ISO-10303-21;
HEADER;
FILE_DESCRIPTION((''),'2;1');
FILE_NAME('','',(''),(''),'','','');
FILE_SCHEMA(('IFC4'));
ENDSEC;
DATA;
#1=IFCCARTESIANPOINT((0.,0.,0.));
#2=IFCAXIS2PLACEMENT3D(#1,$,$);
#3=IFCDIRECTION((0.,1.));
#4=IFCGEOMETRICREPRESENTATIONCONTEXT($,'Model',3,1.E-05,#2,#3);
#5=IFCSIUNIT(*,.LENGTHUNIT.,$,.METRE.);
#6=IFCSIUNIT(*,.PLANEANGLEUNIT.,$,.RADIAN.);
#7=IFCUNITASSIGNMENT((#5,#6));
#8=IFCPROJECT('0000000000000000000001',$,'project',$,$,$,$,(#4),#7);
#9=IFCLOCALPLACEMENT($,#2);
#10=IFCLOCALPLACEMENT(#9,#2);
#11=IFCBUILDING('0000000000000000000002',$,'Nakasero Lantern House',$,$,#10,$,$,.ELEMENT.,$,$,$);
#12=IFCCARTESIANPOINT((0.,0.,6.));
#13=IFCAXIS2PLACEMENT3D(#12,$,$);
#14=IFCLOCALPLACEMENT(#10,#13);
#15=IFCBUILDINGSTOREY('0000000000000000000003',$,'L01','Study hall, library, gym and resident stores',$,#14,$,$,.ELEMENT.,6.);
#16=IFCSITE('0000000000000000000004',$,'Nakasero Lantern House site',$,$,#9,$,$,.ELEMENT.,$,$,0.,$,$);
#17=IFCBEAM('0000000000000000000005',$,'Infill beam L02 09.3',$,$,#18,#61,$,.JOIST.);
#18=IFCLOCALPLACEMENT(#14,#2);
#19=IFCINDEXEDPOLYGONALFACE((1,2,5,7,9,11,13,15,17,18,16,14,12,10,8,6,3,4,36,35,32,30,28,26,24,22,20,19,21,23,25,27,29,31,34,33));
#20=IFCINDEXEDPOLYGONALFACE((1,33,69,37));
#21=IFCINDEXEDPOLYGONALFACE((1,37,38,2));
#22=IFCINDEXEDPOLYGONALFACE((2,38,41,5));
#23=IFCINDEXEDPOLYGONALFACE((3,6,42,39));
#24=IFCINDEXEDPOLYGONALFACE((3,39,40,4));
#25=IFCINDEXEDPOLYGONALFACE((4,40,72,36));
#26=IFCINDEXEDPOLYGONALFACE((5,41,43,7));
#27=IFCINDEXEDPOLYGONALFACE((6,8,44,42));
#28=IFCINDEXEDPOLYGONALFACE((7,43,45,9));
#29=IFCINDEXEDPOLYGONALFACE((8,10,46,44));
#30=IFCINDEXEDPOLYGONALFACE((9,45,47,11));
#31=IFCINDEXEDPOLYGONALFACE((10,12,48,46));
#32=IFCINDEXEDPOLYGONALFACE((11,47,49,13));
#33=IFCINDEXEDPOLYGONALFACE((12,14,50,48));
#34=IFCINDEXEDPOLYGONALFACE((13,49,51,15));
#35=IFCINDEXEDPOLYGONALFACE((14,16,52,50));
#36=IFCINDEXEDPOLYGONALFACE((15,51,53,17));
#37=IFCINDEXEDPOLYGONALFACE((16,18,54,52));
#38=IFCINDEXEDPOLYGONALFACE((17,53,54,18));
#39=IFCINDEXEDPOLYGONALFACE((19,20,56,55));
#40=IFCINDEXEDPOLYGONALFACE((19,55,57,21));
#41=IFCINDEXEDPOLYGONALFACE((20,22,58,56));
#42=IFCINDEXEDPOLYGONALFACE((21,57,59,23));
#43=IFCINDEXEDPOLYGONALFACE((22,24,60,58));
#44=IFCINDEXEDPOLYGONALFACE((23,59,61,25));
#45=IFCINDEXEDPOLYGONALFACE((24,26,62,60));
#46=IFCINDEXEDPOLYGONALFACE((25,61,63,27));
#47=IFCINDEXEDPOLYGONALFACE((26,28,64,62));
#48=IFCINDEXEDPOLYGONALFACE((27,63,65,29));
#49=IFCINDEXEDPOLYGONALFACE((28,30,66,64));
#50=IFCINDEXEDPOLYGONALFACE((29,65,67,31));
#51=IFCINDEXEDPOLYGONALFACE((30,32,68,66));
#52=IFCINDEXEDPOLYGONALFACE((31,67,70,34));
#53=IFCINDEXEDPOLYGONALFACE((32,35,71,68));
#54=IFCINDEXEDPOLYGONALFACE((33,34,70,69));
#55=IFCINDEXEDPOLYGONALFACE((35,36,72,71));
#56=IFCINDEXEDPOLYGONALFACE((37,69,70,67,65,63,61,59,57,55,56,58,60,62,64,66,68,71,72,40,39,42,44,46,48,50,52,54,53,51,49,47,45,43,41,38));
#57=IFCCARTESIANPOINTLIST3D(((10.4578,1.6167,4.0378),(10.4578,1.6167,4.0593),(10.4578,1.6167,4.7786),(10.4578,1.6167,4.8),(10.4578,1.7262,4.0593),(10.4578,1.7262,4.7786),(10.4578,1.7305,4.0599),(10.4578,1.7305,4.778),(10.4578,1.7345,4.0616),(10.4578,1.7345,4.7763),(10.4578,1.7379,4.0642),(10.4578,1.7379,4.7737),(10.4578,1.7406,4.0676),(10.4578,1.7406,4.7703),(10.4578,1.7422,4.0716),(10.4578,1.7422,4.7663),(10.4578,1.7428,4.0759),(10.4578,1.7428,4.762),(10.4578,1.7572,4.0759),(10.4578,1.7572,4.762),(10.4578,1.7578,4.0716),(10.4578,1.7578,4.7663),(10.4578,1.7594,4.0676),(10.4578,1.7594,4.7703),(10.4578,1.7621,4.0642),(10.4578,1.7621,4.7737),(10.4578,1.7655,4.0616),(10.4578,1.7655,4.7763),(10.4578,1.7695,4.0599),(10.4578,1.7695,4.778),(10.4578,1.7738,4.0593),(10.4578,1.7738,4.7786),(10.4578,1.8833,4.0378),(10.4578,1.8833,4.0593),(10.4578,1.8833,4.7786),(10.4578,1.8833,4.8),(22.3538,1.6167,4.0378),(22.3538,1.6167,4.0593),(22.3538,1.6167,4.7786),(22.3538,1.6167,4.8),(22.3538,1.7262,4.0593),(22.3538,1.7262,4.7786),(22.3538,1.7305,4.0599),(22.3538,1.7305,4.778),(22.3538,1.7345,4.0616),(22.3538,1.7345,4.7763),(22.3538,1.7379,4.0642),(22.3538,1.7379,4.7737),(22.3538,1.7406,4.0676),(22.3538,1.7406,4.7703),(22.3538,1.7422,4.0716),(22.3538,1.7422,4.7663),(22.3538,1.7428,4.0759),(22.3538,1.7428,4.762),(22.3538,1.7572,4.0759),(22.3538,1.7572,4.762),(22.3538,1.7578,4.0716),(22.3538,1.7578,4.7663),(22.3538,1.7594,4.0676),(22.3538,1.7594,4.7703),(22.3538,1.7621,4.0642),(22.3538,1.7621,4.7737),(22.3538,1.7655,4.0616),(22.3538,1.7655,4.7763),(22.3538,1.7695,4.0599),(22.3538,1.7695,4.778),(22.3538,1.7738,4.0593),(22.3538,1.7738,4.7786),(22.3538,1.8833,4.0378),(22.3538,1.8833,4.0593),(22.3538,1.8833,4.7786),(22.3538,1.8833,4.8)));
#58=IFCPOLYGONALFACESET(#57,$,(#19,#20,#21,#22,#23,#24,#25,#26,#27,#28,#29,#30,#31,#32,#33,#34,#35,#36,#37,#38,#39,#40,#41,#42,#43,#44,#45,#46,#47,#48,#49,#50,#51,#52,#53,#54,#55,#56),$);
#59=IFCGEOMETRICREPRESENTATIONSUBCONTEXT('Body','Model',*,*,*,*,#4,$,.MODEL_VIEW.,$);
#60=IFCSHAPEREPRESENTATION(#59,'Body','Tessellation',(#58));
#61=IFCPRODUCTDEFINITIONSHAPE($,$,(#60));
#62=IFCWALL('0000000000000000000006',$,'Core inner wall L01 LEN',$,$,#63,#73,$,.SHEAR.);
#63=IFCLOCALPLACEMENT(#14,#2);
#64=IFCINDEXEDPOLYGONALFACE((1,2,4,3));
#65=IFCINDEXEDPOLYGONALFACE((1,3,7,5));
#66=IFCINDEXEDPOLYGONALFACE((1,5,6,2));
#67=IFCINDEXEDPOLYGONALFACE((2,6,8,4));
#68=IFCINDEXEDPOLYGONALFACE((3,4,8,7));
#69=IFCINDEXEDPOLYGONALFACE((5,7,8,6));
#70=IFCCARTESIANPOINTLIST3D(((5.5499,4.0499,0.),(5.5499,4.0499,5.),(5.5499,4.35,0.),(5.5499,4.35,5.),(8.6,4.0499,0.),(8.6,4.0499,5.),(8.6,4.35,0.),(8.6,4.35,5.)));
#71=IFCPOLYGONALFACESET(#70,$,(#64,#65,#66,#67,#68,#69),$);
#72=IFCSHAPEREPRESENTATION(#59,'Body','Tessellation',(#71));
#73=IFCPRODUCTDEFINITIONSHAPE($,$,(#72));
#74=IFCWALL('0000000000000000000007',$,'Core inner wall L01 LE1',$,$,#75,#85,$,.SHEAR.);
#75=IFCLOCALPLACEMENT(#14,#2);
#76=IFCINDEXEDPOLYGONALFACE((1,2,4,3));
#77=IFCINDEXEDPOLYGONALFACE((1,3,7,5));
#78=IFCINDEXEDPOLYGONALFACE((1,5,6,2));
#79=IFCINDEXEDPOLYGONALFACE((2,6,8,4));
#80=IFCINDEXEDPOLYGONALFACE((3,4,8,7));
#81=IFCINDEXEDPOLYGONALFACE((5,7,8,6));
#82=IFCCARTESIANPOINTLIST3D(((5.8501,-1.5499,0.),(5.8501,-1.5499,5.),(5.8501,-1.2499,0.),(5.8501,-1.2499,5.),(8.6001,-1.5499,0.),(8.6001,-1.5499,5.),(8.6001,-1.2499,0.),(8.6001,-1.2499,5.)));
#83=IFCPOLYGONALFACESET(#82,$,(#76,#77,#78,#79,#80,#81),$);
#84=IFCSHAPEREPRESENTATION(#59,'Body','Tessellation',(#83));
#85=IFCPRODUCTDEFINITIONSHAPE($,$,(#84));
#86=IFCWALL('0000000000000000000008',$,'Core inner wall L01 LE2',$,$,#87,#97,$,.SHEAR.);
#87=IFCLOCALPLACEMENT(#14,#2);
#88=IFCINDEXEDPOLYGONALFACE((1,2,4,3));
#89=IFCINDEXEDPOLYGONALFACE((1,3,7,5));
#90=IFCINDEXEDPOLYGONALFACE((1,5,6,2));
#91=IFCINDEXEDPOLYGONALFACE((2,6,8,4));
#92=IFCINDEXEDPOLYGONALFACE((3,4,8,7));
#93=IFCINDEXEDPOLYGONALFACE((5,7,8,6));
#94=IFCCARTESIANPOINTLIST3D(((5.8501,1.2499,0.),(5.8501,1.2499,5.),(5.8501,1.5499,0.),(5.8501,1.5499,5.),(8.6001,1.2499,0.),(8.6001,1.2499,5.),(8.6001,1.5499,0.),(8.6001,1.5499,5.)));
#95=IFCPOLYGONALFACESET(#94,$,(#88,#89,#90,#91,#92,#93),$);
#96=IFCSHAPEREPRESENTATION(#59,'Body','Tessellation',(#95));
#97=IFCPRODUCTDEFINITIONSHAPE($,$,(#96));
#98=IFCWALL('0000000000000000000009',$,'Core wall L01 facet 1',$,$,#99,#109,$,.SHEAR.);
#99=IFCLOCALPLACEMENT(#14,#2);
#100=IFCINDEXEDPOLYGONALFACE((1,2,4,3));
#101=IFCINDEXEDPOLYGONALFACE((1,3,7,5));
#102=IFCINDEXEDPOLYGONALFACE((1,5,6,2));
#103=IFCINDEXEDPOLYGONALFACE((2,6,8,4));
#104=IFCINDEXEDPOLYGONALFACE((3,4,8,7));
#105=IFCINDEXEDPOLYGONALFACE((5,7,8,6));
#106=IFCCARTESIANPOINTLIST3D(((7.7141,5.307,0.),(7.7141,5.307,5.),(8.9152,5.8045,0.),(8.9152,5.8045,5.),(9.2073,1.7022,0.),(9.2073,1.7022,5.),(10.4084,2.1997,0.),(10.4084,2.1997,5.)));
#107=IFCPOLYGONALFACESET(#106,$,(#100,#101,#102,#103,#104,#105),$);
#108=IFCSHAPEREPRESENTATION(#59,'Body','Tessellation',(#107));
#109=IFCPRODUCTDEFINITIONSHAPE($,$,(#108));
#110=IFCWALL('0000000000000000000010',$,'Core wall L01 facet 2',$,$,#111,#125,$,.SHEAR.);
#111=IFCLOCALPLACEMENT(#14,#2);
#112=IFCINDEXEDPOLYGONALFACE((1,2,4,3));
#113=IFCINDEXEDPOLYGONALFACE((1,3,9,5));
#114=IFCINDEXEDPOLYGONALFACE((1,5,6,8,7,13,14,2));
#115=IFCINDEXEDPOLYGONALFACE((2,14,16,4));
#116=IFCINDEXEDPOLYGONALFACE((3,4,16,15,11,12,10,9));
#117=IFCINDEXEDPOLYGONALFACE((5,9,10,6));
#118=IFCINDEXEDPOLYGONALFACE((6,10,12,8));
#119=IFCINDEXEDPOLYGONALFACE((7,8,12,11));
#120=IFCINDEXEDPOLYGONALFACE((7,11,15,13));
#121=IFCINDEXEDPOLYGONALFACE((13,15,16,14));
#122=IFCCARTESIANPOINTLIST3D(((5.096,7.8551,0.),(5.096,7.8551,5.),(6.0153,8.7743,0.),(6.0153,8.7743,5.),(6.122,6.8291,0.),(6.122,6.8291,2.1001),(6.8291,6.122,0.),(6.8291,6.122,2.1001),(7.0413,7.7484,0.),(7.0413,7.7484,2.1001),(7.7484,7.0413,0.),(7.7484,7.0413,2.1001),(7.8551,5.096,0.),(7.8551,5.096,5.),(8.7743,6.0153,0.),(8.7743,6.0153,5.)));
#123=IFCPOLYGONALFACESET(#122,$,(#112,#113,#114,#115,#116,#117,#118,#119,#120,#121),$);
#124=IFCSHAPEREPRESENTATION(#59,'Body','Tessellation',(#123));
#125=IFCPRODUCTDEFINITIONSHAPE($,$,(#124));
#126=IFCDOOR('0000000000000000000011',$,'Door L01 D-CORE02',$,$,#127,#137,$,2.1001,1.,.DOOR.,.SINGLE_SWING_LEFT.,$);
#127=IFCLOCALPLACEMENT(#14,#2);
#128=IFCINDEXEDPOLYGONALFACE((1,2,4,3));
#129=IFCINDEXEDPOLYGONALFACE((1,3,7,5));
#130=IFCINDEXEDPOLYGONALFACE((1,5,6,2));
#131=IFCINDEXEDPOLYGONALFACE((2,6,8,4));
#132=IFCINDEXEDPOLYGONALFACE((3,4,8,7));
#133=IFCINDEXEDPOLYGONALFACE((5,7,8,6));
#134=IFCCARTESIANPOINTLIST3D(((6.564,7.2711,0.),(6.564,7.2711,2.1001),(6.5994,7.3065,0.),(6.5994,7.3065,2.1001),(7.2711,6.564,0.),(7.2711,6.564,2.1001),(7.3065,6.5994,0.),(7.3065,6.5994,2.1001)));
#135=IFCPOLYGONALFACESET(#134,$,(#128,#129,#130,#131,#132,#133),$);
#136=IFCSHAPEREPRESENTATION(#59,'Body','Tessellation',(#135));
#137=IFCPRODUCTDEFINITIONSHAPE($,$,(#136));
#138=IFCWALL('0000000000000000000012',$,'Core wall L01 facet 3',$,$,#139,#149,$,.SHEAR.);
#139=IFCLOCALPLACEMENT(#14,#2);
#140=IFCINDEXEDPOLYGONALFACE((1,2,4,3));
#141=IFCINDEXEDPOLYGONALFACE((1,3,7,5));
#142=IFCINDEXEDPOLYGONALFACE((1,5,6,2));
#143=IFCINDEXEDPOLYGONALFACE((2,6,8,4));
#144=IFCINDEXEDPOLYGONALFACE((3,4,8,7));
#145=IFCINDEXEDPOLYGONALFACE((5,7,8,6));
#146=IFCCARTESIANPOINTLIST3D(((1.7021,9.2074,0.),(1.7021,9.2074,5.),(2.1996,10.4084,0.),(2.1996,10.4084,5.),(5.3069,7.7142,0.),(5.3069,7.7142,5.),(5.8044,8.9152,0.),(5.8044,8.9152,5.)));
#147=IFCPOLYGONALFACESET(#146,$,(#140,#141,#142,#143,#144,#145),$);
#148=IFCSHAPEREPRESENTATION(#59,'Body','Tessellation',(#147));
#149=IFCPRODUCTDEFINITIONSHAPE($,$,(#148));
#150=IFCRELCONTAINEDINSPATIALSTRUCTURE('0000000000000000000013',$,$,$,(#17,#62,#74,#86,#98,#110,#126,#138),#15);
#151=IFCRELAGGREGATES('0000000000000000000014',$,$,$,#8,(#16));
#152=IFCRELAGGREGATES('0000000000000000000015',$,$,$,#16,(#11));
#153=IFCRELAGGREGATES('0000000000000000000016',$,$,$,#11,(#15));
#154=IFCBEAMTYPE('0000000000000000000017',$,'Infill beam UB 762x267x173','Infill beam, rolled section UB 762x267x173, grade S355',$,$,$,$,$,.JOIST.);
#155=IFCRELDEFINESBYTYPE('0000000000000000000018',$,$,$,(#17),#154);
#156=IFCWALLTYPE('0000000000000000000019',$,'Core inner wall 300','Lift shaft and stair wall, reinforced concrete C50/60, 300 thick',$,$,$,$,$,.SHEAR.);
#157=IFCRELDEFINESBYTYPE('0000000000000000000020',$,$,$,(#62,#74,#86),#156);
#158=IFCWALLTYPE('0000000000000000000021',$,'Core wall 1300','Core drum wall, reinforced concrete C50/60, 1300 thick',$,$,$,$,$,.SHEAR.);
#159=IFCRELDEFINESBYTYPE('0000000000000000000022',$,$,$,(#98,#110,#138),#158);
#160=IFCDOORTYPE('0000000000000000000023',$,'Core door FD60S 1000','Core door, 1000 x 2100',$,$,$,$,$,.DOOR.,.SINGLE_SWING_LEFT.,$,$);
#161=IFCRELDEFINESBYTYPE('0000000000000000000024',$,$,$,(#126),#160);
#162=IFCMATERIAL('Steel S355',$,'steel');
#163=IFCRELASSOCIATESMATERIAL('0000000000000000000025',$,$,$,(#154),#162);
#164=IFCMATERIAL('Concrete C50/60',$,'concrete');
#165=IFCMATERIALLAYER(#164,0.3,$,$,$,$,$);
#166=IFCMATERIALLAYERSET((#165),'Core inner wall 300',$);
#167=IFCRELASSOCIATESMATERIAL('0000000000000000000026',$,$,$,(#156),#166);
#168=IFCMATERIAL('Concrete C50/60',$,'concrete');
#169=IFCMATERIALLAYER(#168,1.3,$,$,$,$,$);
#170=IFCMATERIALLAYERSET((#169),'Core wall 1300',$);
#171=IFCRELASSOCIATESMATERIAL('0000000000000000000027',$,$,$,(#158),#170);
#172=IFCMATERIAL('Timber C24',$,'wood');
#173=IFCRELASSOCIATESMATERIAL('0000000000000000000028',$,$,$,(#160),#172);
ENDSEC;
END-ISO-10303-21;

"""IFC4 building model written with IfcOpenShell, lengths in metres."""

from ifc_helpers import new_model, si_unit, direction, frame, frame_2d, origin, origin_2d, place, context, subcontext, project, spatial, rectangle, i_section, extrude, material, layer, layer_set, material_profile, profile_set, type_object, element, fill, save


model = new_model("IFC4")

# Units and contexts
model_context = context("Model", 3, precision=1e-05, world=origin(), true_north=direction((0.0, 1.0)))
body_context = subcontext(model_context, "Body", "Model", "MODEL_VIEW")
ifc_project = project(units=[si_unit("LENGTHUNIT", "METRE"), si_unit("PLANEANGLEUNIT", "RADIAN")], contexts=[model_context])

# Site, building, storey
site_placement = place(None, origin())
site = spatial("IfcSite", under=ifc_project, at=site_placement, Name="Nakasero Lantern House site", CompositionType="ELEMENT", RefElevation=0.0)
building_placement = place(site_placement, origin())
building = spatial("IfcBuilding", under=site, at=building_placement, Name="Nakasero Lantern House", CompositionType="ELEMENT")
storey_placement = place(building_placement, frame((0.0, 0.0, 6.0)))
storey = spatial("IfcBuildingStorey", under=building, at=storey_placement, Name="L01", Description="Study hall, library, gym and resident stores", CompositionType="ELEMENT", Elevation=6.0)

# Beam
ifc_material_1 = material(Name="Steel S355", Category="steel")
ifc_material_profile_1 = material_profile(ifc_material_1, i_section(OverallWidth=0.2666, OverallDepth=0.7622, WebThickness=0.0144, FlangeThickness=0.0215, FilletRadius=0.0166, at=origin_2d()), Name="UB 762x267x173")
ifc_profile_set_1 = profile_set([ifc_material_profile_1], Name="Steel S355")
beam_type_1 = type_object("IfcBeamType", Name="Infill beam UB 762x267x173", Description="Infill beam, rolled section UB 762x267x173, grade S355", PredefinedType="JOIST", material=ifc_profile_set_1)
beam_1_placement = place(storey_placement, frame((10.4578, 1.75, 4.4189), z_axis=(1.0, 0.0, 0.0), x_axis=(0.0, 1.0, 0.0)))
element("IfcBeam", 1, at=beam_1_placement, inside=storey, type_object=beam_type_1, Name="Infill beam L02 09.3", PredefinedType="JOIST", context=body_context, shape_type="SweptSolid", body=[
    extrude(i_section(OverallWidth=0.2666, OverallDepth=0.7622, WebThickness=0.0144, FlangeThickness=0.0215, FilletRadius=0.0166, at=origin_2d()), origin(), (0.0, 0.0, 1.0), 11.896),
])

# Walls
ifc_material_2 = material(Name="Concrete C50/60", Category="concrete")
ifc_layer_1 = layer(ifc_material_2, 0.3)
ifc_layer_set_1 = layer_set([ifc_layer_1], Name="Core inner wall 300")
wall_type_1 = type_object("IfcWallType", Name="Core inner wall 300", Description="Lift shaft and stair wall, reinforced concrete C50/60, 300 thick", PredefinedType="SHEAR", material=ifc_layer_set_1)
wall_1_placement = place(storey_placement, frame((5.55, 4.2, 0.0), z_axis=(0.0, 0.0, 1.0), x_axis=(1.0, 0.0, 0.0)))
element("IfcWall", 2, at=wall_1_placement, inside=storey, type_object=wall_type_1, Name="Core inner wall L01 LEN", PredefinedType="SHEAR", context=body_context, shape_type="SweptSolid", body=[
    extrude(rectangle(XDim=3.05, YDim=0.3, at=frame_2d((1.5249, 0.0))), origin(), (0.0, 0.0, 1.0), 5.0),
])
for number, where, z_axis, x_axis, name in (
    (3, (5.8501, -1.3999, 0.0), (0.0, 0.0, 1.0), (1.0, 0.0, 0.0), "Core inner wall L01 LE1"),
    (4, (5.8501, 1.3999, 0.0), (0.0, 0.0, 1.0), (1.0, 0.0, 0.0), "Core inner wall L01 LE2"),
):
    element("IfcWall", number, at=place(storey_placement, frame(where, z_axis=z_axis, x_axis=x_axis)), inside=storey, type_object=wall_type_1, Name=name, PredefinedType="SHEAR", context=body_context, shape_type="SweptSolid", body=[
        extrude(rectangle(XDim=2.75, YDim=0.3, at=frame_2d((1.375, 0.0))), origin(), (0.0, 0.0, 1.0), 5.0),
    ])
ifc_material_3 = material(Name="Concrete C50/60", Category="concrete")
ifc_layer_2 = layer(ifc_material_3, 1.3)
ifc_layer_set_2 = layer_set([ifc_layer_2], Name="Core wall 1300")
wall_type_2 = type_object("IfcWallType", Name="Core wall 1300", Description="Core drum wall, reinforced concrete C50/60, 1300 thick", PredefinedType="SHEAR", material=ifc_layer_set_2)
wall_2_placement = place(storey_placement, frame((9.8079, 1.9509, 0.0), z_axis=(0.0, 0.0, 1.0), x_axis=(-0.382691, 0.923877, 0.0)))
element("IfcWall", 5, at=wall_2_placement, inside=storey, type_object=wall_type_2, Name="Core wall L01 facet 1", PredefinedType="SHEAR", context=body_context, shape_type="SweptSolid", body=[
    extrude(rectangle(XDim=3.9019, YDim=1.3, at=frame_2d((1.9509, 0.0))), origin(), (0.0, 0.0, 1.0), 5.0),
])

# Wall, opening, door
wall_3_placement = place(storey_placement, frame((8.3147, 5.5557, 0.0), z_axis=(0.0, 0.0, 1.0), x_axis=(-0.707107, 0.707107, 0.0)))
wall_3 = element("IfcWall", 6, at=wall_3_placement, inside=storey, type_object=wall_type_2, Name="Core wall L01 facet 2", PredefinedType="SHEAR", context=body_context, shape_type="SweptSolid", body=[
    extrude(rectangle(XDim=3.9019, YDim=1.3, at=frame_2d((1.9509, 0.0))), origin(), (0.0, 0.0, 1.0), 5.0),
])
opening_1_placement = place(wall_3_placement, frame((1.4509, 0.0, 0.0)))
opening_1 = element("IfcOpeningElement", 7, at=opening_1_placement, cuts=wall_3, PredefinedType="OPENING", context=body_context, shape_type="SweptSolid", body=[
    extrude(rectangle(XDim=1.0, YDim=2.1001, at=frame_2d((0.5, 1.05))), frame((0.0, 0.6699, 0.0), z_axis=(0.0, -1.0, 0.0), x_axis=(1.0, 0.0, 0.0)), (0.0, 0.0, 1.0), 1.3401),
])
ifc_material_4 = material(Name="Timber C24", Category="wood")
door_type_1 = type_object("IfcDoorType", Name="Core door FD60S 1000", Description="Core door, 1000 x 2100", OperationType="SINGLE_SWING_LEFT", PredefinedType="DOOR", material=ifc_material_4)
door_1_placement = place(opening_1_placement, origin())
door_1 = element("IfcDoor", 8, at=door_1_placement, inside=storey, type_object=door_type_1, Name="Door L01 D-CORE02", OperationType="SINGLE_SWING_LEFT", OverallHeight=2.1001, OverallWidth=1.0, PredefinedType="DOOR", context=body_context, shape_type="SweptSolid", body=[
    extrude(rectangle(XDim=1.0, YDim=2.1001, at=frame_2d((0.5, 1.05))), frame((0.0, 0.0249, 0.0), z_axis=(0.0, -1.0, 0.0), x_axis=(1.0, 0.0, 0.0)), (0.0, 0.0, 1.0), 0.05),
])
fill(opening_1, door_1)

# Wall
wall_4_placement = place(storey_placement, frame((5.5557, 8.3147, 0.0), z_axis=(0.0, 0.0, 1.0), x_axis=(-0.923877, 0.382691, 0.0)))
element("IfcWall", 9, at=wall_4_placement, inside=storey, type_object=wall_type_2, Name="Core wall L01 facet 3", PredefinedType="SHEAR", context=body_context, shape_type="SweptSolid", body=[
    extrude(rectangle(XDim=3.9019, YDim=1.3, at=frame_2d((1.9509, 0.0))), origin(), (0.0, 0.0, 1.0), 5.0),
])

save(model, "model.ifc")
